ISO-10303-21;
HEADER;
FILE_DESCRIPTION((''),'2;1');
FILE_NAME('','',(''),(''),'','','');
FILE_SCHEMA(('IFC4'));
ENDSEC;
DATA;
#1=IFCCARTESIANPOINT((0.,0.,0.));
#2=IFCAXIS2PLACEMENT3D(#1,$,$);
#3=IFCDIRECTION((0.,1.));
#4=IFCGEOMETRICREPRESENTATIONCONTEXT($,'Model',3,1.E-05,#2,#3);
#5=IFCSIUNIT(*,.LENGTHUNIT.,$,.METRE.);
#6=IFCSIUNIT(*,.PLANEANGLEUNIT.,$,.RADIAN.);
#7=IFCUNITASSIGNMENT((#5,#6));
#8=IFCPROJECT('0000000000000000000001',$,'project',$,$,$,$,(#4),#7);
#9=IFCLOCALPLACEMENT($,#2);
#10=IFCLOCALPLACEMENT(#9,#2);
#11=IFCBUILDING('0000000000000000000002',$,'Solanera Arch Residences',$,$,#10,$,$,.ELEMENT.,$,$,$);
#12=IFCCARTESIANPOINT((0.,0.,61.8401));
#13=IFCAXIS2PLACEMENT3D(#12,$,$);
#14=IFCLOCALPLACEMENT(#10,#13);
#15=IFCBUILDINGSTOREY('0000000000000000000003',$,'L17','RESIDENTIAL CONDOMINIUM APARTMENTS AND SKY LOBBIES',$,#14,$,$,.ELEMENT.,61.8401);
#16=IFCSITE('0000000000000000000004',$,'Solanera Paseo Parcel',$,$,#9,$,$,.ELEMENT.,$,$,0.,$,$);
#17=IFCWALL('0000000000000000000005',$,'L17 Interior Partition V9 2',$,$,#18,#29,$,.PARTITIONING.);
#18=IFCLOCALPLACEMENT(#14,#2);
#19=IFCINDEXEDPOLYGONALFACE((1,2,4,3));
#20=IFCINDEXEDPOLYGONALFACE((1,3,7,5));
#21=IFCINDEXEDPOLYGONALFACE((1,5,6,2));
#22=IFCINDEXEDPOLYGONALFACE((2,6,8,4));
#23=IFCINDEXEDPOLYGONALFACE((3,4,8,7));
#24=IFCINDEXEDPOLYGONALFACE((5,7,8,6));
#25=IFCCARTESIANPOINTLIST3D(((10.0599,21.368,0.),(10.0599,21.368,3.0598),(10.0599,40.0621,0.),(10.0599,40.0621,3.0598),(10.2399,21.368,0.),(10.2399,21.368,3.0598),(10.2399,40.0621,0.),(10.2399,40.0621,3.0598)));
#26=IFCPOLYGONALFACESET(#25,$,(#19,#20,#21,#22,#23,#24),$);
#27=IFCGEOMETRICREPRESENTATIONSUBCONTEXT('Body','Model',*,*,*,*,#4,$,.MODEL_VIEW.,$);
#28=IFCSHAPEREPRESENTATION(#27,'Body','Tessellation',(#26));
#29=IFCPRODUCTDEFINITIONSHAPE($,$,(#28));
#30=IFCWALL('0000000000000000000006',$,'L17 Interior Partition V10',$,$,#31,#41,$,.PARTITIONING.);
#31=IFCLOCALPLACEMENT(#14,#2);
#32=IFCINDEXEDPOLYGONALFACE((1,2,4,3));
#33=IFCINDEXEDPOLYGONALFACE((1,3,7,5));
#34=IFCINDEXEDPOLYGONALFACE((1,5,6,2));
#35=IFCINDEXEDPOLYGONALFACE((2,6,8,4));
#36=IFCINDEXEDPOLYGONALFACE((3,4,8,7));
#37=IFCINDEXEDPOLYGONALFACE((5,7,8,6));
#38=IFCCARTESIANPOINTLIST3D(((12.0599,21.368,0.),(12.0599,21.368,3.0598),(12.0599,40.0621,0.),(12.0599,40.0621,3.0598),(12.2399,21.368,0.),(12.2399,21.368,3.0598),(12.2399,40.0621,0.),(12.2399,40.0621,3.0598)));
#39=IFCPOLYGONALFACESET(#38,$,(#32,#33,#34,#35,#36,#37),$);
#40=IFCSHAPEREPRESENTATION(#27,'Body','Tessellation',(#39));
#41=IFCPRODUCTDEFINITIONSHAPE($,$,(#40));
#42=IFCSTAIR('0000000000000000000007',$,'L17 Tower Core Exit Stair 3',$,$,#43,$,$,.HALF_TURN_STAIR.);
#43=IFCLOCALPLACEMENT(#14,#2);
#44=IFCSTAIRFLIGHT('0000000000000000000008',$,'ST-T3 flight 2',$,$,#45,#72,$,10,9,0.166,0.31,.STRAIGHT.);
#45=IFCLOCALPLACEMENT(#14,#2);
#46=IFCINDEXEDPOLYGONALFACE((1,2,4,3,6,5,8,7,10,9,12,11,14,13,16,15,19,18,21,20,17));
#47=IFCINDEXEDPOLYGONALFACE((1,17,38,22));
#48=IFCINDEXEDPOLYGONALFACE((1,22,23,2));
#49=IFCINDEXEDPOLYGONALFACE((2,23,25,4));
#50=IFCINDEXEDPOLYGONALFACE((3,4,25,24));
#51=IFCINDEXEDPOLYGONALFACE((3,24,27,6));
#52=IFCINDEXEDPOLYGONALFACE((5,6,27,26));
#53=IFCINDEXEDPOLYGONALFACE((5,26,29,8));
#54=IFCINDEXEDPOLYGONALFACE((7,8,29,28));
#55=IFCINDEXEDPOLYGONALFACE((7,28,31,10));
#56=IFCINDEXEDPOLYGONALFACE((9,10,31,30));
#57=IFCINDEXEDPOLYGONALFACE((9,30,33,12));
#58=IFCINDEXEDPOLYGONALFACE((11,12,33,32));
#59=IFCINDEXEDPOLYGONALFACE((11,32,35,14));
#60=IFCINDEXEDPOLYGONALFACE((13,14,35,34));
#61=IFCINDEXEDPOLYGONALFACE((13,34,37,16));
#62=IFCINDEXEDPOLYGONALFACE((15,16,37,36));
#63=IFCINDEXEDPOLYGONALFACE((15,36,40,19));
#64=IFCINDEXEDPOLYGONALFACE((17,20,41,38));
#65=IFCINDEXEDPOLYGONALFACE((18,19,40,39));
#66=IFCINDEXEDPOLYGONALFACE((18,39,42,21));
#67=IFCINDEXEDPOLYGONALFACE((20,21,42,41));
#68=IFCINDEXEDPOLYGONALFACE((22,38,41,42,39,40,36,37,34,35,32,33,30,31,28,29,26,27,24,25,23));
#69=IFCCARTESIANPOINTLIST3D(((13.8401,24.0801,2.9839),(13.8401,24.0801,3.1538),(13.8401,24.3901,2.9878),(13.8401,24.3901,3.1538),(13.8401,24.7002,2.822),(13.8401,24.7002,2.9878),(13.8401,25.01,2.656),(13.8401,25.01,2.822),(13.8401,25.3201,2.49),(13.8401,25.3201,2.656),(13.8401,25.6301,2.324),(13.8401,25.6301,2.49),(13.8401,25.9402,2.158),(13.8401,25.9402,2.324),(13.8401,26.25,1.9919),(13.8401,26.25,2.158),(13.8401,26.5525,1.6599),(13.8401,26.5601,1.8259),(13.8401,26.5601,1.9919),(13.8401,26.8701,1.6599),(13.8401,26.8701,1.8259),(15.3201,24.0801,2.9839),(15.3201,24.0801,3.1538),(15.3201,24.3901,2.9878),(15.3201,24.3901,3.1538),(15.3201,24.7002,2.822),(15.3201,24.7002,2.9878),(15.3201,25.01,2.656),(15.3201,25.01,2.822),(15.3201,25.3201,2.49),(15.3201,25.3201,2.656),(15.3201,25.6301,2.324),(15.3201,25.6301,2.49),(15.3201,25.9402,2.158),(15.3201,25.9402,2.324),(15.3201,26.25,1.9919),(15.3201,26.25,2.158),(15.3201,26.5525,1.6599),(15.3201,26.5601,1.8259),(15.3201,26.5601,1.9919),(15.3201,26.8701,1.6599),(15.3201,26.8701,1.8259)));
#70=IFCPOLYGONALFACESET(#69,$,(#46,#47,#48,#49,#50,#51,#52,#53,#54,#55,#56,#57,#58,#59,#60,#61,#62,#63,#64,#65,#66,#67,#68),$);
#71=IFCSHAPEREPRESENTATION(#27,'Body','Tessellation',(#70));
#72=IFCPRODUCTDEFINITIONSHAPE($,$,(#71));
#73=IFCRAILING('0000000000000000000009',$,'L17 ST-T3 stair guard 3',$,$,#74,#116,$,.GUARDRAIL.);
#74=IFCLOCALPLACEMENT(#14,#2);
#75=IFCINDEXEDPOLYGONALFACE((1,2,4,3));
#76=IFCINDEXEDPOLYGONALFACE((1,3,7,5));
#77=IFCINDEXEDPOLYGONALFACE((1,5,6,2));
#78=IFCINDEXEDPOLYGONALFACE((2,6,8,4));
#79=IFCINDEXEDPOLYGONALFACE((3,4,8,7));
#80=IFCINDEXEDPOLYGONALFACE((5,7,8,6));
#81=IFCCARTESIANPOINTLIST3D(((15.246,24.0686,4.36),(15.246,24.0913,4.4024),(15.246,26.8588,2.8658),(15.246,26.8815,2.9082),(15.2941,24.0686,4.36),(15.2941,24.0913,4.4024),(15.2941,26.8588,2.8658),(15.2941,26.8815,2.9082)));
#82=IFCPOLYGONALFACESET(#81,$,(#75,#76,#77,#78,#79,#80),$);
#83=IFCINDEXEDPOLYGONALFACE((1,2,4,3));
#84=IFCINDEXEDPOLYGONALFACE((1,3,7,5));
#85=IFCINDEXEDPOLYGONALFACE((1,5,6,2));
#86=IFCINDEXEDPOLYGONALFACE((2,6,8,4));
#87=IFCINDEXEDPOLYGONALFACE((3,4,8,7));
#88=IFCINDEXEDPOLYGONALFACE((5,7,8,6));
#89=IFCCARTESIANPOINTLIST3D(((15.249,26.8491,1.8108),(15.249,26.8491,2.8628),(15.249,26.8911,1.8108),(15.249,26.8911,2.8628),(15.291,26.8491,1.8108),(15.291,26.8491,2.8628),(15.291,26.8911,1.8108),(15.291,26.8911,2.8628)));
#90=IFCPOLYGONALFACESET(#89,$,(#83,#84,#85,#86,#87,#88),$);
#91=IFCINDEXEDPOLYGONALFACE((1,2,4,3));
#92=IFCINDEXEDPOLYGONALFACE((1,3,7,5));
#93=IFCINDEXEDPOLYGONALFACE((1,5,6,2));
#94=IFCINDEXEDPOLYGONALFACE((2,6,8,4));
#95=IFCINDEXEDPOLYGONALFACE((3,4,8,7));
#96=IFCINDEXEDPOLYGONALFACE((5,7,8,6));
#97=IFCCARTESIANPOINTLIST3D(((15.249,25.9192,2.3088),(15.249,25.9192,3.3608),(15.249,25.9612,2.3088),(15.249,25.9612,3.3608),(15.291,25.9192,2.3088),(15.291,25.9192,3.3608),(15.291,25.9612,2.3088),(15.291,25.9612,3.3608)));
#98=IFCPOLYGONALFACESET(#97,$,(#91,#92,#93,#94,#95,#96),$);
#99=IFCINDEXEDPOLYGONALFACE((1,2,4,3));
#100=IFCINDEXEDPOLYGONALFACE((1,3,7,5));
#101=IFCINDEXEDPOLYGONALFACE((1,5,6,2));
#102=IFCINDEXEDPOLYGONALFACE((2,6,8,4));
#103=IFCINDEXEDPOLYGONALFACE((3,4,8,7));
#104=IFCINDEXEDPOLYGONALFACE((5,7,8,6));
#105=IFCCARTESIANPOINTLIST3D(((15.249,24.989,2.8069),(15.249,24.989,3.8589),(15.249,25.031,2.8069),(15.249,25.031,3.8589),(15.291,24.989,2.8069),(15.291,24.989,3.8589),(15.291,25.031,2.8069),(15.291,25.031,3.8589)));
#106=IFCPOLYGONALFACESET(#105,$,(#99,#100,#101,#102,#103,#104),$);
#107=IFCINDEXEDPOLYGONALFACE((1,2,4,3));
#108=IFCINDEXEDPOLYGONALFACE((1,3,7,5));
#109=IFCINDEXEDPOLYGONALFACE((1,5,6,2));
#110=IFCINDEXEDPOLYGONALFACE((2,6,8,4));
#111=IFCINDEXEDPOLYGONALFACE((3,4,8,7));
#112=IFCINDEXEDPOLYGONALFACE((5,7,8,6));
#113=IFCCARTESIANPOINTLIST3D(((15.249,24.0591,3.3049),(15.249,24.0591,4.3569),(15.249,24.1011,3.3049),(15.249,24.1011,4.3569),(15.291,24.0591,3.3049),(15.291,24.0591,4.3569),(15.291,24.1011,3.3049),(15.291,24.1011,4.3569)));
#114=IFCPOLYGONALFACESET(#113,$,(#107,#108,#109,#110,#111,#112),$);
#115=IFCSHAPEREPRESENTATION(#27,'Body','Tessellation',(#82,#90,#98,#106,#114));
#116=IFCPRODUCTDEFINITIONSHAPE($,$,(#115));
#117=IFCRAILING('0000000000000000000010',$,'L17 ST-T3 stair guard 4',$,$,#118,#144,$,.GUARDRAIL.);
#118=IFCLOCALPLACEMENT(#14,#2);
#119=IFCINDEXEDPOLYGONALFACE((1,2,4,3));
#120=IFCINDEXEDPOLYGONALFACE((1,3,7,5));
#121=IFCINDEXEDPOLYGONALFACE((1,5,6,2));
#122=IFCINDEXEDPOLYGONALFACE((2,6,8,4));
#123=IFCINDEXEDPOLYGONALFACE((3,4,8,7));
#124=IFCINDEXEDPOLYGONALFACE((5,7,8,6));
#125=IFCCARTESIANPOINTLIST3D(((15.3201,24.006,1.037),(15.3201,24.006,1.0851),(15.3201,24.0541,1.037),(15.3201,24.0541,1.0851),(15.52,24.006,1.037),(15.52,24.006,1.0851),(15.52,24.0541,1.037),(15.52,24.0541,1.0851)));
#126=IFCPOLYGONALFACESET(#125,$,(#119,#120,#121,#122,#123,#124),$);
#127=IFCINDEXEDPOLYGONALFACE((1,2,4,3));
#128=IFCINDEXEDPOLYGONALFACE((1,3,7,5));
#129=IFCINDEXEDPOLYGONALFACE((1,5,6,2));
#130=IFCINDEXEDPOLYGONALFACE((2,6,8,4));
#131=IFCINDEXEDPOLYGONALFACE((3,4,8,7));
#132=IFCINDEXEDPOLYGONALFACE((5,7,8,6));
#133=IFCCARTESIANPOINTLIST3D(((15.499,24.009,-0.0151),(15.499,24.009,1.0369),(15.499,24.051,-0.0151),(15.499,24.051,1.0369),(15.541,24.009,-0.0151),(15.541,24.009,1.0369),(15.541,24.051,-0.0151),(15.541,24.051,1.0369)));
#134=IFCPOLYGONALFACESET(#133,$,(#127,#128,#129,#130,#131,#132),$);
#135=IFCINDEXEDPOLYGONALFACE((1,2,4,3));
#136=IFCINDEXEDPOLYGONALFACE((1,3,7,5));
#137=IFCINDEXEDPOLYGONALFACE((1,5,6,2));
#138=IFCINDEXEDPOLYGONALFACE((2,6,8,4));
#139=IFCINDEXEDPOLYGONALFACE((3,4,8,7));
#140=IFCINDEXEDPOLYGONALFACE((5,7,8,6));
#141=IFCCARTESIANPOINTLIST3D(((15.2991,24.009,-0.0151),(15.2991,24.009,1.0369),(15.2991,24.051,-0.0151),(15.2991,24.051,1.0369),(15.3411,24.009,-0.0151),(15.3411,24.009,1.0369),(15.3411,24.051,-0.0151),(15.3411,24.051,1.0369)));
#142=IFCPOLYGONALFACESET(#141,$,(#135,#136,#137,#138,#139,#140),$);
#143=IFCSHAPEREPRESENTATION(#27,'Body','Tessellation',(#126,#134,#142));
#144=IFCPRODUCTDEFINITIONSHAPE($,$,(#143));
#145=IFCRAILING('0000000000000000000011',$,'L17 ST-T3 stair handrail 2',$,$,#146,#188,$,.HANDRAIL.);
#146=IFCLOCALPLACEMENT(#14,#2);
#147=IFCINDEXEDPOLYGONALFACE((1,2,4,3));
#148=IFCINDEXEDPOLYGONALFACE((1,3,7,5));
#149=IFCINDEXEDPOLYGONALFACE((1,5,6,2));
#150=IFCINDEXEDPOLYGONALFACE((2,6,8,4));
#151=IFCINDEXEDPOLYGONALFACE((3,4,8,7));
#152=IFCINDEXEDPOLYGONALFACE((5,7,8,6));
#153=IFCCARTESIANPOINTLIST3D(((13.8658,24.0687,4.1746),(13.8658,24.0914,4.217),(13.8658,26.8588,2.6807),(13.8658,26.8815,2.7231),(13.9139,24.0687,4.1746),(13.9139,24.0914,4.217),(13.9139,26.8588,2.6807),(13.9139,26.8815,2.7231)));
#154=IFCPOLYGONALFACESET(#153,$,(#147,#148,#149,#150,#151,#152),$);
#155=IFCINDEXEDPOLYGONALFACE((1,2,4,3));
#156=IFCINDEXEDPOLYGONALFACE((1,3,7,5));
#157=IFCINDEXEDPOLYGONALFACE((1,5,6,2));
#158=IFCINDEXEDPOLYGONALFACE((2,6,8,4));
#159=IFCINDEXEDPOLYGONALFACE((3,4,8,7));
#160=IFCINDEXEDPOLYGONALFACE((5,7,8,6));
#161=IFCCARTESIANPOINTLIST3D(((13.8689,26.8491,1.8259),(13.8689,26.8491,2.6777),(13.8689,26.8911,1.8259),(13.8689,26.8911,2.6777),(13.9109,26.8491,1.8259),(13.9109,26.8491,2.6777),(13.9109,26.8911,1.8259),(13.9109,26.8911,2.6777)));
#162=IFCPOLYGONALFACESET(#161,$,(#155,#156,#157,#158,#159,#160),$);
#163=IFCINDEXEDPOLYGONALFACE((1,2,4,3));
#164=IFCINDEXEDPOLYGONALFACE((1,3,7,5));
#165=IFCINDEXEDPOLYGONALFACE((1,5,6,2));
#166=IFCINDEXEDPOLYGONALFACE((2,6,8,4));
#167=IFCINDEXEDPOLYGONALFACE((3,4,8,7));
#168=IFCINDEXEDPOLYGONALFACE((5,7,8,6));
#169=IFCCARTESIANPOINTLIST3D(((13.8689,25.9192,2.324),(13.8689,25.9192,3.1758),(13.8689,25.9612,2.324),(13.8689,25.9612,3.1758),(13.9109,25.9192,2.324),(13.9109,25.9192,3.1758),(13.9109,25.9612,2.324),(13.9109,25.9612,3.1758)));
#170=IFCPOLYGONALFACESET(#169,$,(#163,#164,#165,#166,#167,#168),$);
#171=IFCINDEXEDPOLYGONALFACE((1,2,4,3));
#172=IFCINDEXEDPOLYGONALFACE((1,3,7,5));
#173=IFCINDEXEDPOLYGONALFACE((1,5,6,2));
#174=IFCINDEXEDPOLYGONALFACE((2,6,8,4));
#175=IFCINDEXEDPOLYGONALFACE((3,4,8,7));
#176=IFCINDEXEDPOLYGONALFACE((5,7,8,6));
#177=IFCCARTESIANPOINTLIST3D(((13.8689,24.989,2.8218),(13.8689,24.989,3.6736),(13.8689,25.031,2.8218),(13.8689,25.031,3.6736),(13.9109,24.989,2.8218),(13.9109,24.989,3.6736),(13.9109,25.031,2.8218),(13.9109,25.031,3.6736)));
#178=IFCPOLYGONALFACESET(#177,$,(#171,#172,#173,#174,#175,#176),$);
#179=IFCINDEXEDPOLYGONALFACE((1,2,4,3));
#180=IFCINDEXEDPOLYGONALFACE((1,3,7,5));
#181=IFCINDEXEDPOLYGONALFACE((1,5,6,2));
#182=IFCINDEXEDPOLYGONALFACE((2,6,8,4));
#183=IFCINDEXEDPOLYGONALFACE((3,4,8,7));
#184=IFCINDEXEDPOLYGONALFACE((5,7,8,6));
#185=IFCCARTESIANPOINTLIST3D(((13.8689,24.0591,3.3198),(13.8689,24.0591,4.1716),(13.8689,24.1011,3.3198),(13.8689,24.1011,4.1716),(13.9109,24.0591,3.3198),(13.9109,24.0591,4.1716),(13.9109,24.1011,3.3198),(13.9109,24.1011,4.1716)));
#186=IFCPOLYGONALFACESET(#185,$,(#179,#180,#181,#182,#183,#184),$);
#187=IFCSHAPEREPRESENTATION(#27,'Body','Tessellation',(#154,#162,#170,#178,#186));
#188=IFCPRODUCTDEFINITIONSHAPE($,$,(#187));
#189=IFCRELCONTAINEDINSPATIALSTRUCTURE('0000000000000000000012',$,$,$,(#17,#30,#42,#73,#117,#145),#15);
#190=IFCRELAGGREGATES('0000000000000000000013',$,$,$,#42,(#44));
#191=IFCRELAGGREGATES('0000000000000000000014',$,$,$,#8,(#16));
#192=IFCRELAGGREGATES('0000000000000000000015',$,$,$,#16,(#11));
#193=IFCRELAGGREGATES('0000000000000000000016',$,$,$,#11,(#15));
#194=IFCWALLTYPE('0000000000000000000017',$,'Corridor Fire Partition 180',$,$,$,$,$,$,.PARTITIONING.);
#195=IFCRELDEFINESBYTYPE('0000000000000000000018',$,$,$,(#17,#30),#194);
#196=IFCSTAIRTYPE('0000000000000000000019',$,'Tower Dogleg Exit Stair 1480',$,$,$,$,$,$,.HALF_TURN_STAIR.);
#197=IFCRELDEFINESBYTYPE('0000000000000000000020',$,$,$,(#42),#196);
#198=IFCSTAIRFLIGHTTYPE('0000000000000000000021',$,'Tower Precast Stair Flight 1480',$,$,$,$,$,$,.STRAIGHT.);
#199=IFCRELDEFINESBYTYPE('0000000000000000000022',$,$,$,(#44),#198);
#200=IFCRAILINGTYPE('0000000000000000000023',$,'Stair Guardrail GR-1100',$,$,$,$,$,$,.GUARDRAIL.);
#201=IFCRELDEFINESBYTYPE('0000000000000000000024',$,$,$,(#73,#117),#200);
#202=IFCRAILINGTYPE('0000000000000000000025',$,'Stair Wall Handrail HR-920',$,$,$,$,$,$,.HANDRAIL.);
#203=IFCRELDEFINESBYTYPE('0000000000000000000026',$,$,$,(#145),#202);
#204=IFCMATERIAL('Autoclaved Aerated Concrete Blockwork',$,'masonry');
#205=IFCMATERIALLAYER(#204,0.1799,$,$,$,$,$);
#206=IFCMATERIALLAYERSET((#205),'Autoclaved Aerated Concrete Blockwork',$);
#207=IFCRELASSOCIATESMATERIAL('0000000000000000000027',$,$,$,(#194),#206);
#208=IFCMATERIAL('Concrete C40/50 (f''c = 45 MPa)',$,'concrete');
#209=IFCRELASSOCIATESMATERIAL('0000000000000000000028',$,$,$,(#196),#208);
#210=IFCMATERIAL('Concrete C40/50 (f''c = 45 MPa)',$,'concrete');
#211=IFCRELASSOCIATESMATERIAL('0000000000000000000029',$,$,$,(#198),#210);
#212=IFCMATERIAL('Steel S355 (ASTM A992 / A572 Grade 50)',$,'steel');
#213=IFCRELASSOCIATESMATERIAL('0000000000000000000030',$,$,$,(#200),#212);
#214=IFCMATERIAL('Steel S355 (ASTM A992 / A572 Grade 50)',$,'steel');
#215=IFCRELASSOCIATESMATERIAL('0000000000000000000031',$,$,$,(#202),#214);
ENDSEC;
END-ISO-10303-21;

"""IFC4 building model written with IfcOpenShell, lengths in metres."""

from ifc_helpers import new_model, si_unit, direction, frame, frame_2d, origin, origin_2d, place, context, subcontext, project, spatial, polyline, rectangle, outline, extrude, material, layer, layer_set, type_object, element, aggregate, save


model = new_model("IFC4")

# Units and contexts
model_context = context("Model", 3, precision=1e-05, world=origin(), true_north=direction((0.0, 1.0)))
body_context = subcontext(model_context, "Body", "Model", "MODEL_VIEW")
ifc_project = project(units=[si_unit("LENGTHUNIT", "METRE"), si_unit("PLANEANGLEUNIT", "RADIAN")], contexts=[model_context])

# Site, building, storey
site_placement = place(None, origin())
site = spatial("IfcSite", under=ifc_project, at=site_placement, Name="Solanera Paseo Parcel", CompositionType="ELEMENT", RefElevation=0.0)
building_placement = place(site_placement, origin())
building = spatial("IfcBuilding", under=site, at=building_placement, Name="Solanera Arch Residences", CompositionType="ELEMENT")
storey_placement = place(building_placement, frame((0.0, 0.0, 61.8401)))
storey = spatial("IfcBuildingStorey", under=building, at=storey_placement, Name="L17", Description="RESIDENTIAL CONDOMINIUM APARTMENTS AND SKY LOBBIES", CompositionType="ELEMENT", Elevation=61.8401)

# Walls
ifc_material_1 = material(Name="Autoclaved Aerated Concrete Blockwork", Category="masonry")
ifc_layer_1 = layer(ifc_material_1, 0.1799)
ifc_layer_set_1 = layer_set([ifc_layer_1], Name="Autoclaved Aerated Concrete Blockwork")
wall_type_1 = type_object("IfcWallType", Name="Corridor Fire Partition 180", PredefinedType="PARTITIONING", material=ifc_layer_set_1)
for number, where, z_axis, x_axis, name in (
    (1, (10.1499, 21.3679, 0.0), (0.0, 0.0, 1.0), (0.0, 1.0, 0.0), "L17 Interior Partition V9 2"),
    (2, (12.1499, 21.3679, 0.0), (0.0, 0.0, 1.0), (0.0, 1.0, 0.0), "L17 Interior Partition V10"),
):
    element("IfcWall", number, at=place(storey_placement, frame(where, z_axis=z_axis, x_axis=x_axis)), inside=storey, type_object=wall_type_1, Name=name, PredefinedType="PARTITIONING", context=body_context, shape_type="SweptSolid", body=[
        extrude(rectangle(XDim=18.6941, YDim=0.1799, at=frame_2d((9.3472, 0.0))), origin(), (0.0, 0.0, 1.0), 3.0598),
    ])

# Stair, stair flight
ifc_material_2 = material(Name="Concrete C40/50 (f'c = 45 MPa)", Category="concrete")
stair_type = type_object("IfcStairType", Name="Tower Dogleg Exit Stair 1480", PredefinedType="HALF_TURN_STAIR", material=ifc_material_2)
stair_placement = place(storey_placement, origin())
stair = element("IfcStair", 3, at=stair_placement, inside=storey, type_object=stair_type, Name="L17 Tower Core Exit Stair 3", PredefinedType="HALF_TURN_STAIR")
ifc_material_3 = material(Name="Concrete C40/50 (f'c = 45 MPa)", Category="concrete")
stair_flight_type = type_object("IfcStairFlightType", Name="Tower Precast Stair Flight 1480", PredefinedType="STRAIGHT", material=ifc_material_3)
stair_flight_placement = place(storey_placement, frame((14.5801, 26.8701, 1.6599), z_axis=(0.0, 0.0, 1.0), x_axis=(0.0, -1.0, 0.0)))
stair_flight = element("IfcStairFlight", 4, at=stair_flight_placement, type_object=stair_flight_type, Name="ST-T3 flight 2", NumberOfRisers=10, NumberOfTreads=9, PredefinedType="STRAIGHT", RiserHeight=0.166, TreadLength=0.31, context=body_context, shape_type="SweptSolid", body=[
    extrude(outline(polyline([(0.0, 0.0), (0.0, 0.166), (0.3101, 0.166), (0.3101, 0.332), (0.6201, 0.332), (0.6201, 0.498), (0.9299, 0.498), (0.9299, 0.6641), (1.24, 0.6641), (1.24, 0.8301), (1.55, 0.8301), (1.55, 0.9961), (1.8601, 0.9961), (1.8601, 1.1621), (2.1699, 1.1621), (2.1699, 1.3279), (2.48, 1.3279), (2.48, 1.4939), (2.79, 1.4939), (2.79, 1.6599), (2.79, 1.324), (0.3176, 0.0), (0.0, 0.0)])), frame((0.0, 0.74, 0.0), z_axis=(0.0, -1.0, 0.0), x_axis=(1.0, 0.0, 0.0)), (0.0, 0.0, 1.0), 1.48),
])
aggregate(stair, [stair_flight])

# Railings
ifc_material_4 = material(Name="Steel S355 (ASTM A992 / A572 Grade 50)", Category="steel")
railing_type_1 = type_object("IfcRailingType", Name="Stair Guardrail GR-1100", PredefinedType="GUARDRAIL", material=ifc_material_4)
railing_1_placement = place(storey_placement, frame((15.27, 26.8701, 1.8108)))
element("IfcRailing", 5, at=railing_1_placement, inside=storey, type_object=railing_type_1, Name="L17 ST-T3 stair guard 3", PredefinedType="GUARDRAIL", context=body_context, shape_type="SweptSolid", body=[
    extrude(rectangle(XDim=0.0481, YDim=0.0481, at=origin_2d()), frame((0.0, 0.0, 1.0762), z_axis=(0.0, -0.881549, 0.472093), x_axis=(1.0, 0.0, 0.0)), (0.0, 0.0, 1.0), 3.165),
    extrude(rectangle(XDim=0.042, YDim=0.042, at=origin_2d()), origin(), (0.0, 0.0, 1.0), 1.052),
    extrude(rectangle(XDim=0.042, YDim=0.042, at=origin_2d()), frame((0.0, -0.9299, 0.498)), (0.0, 0.0, 1.0), 1.052),
    extrude(rectangle(XDim=0.042, YDim=0.042, at=origin_2d()), frame((0.0, -1.8601, 0.9961)), (0.0, 0.0, 1.0), 1.052),
    extrude(rectangle(XDim=0.042, YDim=0.042, at=origin_2d()), frame((0.0, -2.79, 1.4941)), (0.0, 0.0, 1.0), 1.052),
])
railing_2_placement = place(storey_placement, frame((15.52, 24.03, -0.0151)))
element("IfcRailing", 6, at=railing_2_placement, inside=storey, type_object=railing_type_1, Name="L17 ST-T3 stair guard 4", PredefinedType="GUARDRAIL", context=body_context, shape_type="SweptSolid", body=[
    extrude(rectangle(XDim=0.0481, YDim=0.0481, at=origin_2d()), frame((0.0, 0.0, 1.0762), z_axis=(-1.0, 0.0, 0.0), x_axis=(0.0, -1.0, 0.0)), (0.0, 0.0, 1.0), 0.2),
    extrude(rectangle(XDim=0.042, YDim=0.042, at=origin_2d()), origin(), (0.0, 0.0, 1.0), 1.052),
    extrude(rectangle(XDim=0.042, YDim=0.042, at=origin_2d()), frame((-0.2, 0.0, 0.0)), (0.0, 0.0, 1.0), 1.052),
])
ifc_material_5 = material(Name="Steel S355 (ASTM A992 / A572 Grade 50)", Category="steel")
railing_type_2 = type_object("IfcRailingType", Name="Stair Wall Handrail HR-920", PredefinedType="HANDRAIL", material=ifc_material_5)
railing_3_placement = place(storey_placement, frame((13.8899, 26.8701, 1.8259)))
element("IfcRailing", 7, at=railing_3_placement, inside=storey, type_object=railing_type_2, Name="L17 ST-T3 stair handrail 2", PredefinedType="HANDRAIL", context=body_context, shape_type="SweptSolid", body=[
    extrude(rectangle(XDim=0.0481, YDim=0.0481, at=origin_2d()), frame((0.0, 0.0, 0.876), z_axis=(0.0, -0.881581, 0.472033), x_axis=(1.0, 0.0, 0.0)), (0.0, 0.0, 1.0), 3.1648),
    extrude(rectangle(XDim=0.042, YDim=0.042, at=origin_2d()), origin(), (0.0, 0.0, 1.0), 0.8518),
    extrude(rectangle(XDim=0.042, YDim=0.042, at=origin_2d()), frame((0.0, -0.9299, 0.498)), (0.0, 0.0, 1.0), 0.8518),
    extrude(rectangle(XDim=0.042, YDim=0.042, at=origin_2d()), frame((0.0, -1.8601, 0.9958)), (0.0, 0.0, 1.0), 0.8518),
    extrude(rectangle(XDim=0.042, YDim=0.042, at=origin_2d()), frame((0.0, -2.79, 1.4939)), (0.0, 0.0, 1.0), 0.8518),
])

save(model, "model.ifc")
